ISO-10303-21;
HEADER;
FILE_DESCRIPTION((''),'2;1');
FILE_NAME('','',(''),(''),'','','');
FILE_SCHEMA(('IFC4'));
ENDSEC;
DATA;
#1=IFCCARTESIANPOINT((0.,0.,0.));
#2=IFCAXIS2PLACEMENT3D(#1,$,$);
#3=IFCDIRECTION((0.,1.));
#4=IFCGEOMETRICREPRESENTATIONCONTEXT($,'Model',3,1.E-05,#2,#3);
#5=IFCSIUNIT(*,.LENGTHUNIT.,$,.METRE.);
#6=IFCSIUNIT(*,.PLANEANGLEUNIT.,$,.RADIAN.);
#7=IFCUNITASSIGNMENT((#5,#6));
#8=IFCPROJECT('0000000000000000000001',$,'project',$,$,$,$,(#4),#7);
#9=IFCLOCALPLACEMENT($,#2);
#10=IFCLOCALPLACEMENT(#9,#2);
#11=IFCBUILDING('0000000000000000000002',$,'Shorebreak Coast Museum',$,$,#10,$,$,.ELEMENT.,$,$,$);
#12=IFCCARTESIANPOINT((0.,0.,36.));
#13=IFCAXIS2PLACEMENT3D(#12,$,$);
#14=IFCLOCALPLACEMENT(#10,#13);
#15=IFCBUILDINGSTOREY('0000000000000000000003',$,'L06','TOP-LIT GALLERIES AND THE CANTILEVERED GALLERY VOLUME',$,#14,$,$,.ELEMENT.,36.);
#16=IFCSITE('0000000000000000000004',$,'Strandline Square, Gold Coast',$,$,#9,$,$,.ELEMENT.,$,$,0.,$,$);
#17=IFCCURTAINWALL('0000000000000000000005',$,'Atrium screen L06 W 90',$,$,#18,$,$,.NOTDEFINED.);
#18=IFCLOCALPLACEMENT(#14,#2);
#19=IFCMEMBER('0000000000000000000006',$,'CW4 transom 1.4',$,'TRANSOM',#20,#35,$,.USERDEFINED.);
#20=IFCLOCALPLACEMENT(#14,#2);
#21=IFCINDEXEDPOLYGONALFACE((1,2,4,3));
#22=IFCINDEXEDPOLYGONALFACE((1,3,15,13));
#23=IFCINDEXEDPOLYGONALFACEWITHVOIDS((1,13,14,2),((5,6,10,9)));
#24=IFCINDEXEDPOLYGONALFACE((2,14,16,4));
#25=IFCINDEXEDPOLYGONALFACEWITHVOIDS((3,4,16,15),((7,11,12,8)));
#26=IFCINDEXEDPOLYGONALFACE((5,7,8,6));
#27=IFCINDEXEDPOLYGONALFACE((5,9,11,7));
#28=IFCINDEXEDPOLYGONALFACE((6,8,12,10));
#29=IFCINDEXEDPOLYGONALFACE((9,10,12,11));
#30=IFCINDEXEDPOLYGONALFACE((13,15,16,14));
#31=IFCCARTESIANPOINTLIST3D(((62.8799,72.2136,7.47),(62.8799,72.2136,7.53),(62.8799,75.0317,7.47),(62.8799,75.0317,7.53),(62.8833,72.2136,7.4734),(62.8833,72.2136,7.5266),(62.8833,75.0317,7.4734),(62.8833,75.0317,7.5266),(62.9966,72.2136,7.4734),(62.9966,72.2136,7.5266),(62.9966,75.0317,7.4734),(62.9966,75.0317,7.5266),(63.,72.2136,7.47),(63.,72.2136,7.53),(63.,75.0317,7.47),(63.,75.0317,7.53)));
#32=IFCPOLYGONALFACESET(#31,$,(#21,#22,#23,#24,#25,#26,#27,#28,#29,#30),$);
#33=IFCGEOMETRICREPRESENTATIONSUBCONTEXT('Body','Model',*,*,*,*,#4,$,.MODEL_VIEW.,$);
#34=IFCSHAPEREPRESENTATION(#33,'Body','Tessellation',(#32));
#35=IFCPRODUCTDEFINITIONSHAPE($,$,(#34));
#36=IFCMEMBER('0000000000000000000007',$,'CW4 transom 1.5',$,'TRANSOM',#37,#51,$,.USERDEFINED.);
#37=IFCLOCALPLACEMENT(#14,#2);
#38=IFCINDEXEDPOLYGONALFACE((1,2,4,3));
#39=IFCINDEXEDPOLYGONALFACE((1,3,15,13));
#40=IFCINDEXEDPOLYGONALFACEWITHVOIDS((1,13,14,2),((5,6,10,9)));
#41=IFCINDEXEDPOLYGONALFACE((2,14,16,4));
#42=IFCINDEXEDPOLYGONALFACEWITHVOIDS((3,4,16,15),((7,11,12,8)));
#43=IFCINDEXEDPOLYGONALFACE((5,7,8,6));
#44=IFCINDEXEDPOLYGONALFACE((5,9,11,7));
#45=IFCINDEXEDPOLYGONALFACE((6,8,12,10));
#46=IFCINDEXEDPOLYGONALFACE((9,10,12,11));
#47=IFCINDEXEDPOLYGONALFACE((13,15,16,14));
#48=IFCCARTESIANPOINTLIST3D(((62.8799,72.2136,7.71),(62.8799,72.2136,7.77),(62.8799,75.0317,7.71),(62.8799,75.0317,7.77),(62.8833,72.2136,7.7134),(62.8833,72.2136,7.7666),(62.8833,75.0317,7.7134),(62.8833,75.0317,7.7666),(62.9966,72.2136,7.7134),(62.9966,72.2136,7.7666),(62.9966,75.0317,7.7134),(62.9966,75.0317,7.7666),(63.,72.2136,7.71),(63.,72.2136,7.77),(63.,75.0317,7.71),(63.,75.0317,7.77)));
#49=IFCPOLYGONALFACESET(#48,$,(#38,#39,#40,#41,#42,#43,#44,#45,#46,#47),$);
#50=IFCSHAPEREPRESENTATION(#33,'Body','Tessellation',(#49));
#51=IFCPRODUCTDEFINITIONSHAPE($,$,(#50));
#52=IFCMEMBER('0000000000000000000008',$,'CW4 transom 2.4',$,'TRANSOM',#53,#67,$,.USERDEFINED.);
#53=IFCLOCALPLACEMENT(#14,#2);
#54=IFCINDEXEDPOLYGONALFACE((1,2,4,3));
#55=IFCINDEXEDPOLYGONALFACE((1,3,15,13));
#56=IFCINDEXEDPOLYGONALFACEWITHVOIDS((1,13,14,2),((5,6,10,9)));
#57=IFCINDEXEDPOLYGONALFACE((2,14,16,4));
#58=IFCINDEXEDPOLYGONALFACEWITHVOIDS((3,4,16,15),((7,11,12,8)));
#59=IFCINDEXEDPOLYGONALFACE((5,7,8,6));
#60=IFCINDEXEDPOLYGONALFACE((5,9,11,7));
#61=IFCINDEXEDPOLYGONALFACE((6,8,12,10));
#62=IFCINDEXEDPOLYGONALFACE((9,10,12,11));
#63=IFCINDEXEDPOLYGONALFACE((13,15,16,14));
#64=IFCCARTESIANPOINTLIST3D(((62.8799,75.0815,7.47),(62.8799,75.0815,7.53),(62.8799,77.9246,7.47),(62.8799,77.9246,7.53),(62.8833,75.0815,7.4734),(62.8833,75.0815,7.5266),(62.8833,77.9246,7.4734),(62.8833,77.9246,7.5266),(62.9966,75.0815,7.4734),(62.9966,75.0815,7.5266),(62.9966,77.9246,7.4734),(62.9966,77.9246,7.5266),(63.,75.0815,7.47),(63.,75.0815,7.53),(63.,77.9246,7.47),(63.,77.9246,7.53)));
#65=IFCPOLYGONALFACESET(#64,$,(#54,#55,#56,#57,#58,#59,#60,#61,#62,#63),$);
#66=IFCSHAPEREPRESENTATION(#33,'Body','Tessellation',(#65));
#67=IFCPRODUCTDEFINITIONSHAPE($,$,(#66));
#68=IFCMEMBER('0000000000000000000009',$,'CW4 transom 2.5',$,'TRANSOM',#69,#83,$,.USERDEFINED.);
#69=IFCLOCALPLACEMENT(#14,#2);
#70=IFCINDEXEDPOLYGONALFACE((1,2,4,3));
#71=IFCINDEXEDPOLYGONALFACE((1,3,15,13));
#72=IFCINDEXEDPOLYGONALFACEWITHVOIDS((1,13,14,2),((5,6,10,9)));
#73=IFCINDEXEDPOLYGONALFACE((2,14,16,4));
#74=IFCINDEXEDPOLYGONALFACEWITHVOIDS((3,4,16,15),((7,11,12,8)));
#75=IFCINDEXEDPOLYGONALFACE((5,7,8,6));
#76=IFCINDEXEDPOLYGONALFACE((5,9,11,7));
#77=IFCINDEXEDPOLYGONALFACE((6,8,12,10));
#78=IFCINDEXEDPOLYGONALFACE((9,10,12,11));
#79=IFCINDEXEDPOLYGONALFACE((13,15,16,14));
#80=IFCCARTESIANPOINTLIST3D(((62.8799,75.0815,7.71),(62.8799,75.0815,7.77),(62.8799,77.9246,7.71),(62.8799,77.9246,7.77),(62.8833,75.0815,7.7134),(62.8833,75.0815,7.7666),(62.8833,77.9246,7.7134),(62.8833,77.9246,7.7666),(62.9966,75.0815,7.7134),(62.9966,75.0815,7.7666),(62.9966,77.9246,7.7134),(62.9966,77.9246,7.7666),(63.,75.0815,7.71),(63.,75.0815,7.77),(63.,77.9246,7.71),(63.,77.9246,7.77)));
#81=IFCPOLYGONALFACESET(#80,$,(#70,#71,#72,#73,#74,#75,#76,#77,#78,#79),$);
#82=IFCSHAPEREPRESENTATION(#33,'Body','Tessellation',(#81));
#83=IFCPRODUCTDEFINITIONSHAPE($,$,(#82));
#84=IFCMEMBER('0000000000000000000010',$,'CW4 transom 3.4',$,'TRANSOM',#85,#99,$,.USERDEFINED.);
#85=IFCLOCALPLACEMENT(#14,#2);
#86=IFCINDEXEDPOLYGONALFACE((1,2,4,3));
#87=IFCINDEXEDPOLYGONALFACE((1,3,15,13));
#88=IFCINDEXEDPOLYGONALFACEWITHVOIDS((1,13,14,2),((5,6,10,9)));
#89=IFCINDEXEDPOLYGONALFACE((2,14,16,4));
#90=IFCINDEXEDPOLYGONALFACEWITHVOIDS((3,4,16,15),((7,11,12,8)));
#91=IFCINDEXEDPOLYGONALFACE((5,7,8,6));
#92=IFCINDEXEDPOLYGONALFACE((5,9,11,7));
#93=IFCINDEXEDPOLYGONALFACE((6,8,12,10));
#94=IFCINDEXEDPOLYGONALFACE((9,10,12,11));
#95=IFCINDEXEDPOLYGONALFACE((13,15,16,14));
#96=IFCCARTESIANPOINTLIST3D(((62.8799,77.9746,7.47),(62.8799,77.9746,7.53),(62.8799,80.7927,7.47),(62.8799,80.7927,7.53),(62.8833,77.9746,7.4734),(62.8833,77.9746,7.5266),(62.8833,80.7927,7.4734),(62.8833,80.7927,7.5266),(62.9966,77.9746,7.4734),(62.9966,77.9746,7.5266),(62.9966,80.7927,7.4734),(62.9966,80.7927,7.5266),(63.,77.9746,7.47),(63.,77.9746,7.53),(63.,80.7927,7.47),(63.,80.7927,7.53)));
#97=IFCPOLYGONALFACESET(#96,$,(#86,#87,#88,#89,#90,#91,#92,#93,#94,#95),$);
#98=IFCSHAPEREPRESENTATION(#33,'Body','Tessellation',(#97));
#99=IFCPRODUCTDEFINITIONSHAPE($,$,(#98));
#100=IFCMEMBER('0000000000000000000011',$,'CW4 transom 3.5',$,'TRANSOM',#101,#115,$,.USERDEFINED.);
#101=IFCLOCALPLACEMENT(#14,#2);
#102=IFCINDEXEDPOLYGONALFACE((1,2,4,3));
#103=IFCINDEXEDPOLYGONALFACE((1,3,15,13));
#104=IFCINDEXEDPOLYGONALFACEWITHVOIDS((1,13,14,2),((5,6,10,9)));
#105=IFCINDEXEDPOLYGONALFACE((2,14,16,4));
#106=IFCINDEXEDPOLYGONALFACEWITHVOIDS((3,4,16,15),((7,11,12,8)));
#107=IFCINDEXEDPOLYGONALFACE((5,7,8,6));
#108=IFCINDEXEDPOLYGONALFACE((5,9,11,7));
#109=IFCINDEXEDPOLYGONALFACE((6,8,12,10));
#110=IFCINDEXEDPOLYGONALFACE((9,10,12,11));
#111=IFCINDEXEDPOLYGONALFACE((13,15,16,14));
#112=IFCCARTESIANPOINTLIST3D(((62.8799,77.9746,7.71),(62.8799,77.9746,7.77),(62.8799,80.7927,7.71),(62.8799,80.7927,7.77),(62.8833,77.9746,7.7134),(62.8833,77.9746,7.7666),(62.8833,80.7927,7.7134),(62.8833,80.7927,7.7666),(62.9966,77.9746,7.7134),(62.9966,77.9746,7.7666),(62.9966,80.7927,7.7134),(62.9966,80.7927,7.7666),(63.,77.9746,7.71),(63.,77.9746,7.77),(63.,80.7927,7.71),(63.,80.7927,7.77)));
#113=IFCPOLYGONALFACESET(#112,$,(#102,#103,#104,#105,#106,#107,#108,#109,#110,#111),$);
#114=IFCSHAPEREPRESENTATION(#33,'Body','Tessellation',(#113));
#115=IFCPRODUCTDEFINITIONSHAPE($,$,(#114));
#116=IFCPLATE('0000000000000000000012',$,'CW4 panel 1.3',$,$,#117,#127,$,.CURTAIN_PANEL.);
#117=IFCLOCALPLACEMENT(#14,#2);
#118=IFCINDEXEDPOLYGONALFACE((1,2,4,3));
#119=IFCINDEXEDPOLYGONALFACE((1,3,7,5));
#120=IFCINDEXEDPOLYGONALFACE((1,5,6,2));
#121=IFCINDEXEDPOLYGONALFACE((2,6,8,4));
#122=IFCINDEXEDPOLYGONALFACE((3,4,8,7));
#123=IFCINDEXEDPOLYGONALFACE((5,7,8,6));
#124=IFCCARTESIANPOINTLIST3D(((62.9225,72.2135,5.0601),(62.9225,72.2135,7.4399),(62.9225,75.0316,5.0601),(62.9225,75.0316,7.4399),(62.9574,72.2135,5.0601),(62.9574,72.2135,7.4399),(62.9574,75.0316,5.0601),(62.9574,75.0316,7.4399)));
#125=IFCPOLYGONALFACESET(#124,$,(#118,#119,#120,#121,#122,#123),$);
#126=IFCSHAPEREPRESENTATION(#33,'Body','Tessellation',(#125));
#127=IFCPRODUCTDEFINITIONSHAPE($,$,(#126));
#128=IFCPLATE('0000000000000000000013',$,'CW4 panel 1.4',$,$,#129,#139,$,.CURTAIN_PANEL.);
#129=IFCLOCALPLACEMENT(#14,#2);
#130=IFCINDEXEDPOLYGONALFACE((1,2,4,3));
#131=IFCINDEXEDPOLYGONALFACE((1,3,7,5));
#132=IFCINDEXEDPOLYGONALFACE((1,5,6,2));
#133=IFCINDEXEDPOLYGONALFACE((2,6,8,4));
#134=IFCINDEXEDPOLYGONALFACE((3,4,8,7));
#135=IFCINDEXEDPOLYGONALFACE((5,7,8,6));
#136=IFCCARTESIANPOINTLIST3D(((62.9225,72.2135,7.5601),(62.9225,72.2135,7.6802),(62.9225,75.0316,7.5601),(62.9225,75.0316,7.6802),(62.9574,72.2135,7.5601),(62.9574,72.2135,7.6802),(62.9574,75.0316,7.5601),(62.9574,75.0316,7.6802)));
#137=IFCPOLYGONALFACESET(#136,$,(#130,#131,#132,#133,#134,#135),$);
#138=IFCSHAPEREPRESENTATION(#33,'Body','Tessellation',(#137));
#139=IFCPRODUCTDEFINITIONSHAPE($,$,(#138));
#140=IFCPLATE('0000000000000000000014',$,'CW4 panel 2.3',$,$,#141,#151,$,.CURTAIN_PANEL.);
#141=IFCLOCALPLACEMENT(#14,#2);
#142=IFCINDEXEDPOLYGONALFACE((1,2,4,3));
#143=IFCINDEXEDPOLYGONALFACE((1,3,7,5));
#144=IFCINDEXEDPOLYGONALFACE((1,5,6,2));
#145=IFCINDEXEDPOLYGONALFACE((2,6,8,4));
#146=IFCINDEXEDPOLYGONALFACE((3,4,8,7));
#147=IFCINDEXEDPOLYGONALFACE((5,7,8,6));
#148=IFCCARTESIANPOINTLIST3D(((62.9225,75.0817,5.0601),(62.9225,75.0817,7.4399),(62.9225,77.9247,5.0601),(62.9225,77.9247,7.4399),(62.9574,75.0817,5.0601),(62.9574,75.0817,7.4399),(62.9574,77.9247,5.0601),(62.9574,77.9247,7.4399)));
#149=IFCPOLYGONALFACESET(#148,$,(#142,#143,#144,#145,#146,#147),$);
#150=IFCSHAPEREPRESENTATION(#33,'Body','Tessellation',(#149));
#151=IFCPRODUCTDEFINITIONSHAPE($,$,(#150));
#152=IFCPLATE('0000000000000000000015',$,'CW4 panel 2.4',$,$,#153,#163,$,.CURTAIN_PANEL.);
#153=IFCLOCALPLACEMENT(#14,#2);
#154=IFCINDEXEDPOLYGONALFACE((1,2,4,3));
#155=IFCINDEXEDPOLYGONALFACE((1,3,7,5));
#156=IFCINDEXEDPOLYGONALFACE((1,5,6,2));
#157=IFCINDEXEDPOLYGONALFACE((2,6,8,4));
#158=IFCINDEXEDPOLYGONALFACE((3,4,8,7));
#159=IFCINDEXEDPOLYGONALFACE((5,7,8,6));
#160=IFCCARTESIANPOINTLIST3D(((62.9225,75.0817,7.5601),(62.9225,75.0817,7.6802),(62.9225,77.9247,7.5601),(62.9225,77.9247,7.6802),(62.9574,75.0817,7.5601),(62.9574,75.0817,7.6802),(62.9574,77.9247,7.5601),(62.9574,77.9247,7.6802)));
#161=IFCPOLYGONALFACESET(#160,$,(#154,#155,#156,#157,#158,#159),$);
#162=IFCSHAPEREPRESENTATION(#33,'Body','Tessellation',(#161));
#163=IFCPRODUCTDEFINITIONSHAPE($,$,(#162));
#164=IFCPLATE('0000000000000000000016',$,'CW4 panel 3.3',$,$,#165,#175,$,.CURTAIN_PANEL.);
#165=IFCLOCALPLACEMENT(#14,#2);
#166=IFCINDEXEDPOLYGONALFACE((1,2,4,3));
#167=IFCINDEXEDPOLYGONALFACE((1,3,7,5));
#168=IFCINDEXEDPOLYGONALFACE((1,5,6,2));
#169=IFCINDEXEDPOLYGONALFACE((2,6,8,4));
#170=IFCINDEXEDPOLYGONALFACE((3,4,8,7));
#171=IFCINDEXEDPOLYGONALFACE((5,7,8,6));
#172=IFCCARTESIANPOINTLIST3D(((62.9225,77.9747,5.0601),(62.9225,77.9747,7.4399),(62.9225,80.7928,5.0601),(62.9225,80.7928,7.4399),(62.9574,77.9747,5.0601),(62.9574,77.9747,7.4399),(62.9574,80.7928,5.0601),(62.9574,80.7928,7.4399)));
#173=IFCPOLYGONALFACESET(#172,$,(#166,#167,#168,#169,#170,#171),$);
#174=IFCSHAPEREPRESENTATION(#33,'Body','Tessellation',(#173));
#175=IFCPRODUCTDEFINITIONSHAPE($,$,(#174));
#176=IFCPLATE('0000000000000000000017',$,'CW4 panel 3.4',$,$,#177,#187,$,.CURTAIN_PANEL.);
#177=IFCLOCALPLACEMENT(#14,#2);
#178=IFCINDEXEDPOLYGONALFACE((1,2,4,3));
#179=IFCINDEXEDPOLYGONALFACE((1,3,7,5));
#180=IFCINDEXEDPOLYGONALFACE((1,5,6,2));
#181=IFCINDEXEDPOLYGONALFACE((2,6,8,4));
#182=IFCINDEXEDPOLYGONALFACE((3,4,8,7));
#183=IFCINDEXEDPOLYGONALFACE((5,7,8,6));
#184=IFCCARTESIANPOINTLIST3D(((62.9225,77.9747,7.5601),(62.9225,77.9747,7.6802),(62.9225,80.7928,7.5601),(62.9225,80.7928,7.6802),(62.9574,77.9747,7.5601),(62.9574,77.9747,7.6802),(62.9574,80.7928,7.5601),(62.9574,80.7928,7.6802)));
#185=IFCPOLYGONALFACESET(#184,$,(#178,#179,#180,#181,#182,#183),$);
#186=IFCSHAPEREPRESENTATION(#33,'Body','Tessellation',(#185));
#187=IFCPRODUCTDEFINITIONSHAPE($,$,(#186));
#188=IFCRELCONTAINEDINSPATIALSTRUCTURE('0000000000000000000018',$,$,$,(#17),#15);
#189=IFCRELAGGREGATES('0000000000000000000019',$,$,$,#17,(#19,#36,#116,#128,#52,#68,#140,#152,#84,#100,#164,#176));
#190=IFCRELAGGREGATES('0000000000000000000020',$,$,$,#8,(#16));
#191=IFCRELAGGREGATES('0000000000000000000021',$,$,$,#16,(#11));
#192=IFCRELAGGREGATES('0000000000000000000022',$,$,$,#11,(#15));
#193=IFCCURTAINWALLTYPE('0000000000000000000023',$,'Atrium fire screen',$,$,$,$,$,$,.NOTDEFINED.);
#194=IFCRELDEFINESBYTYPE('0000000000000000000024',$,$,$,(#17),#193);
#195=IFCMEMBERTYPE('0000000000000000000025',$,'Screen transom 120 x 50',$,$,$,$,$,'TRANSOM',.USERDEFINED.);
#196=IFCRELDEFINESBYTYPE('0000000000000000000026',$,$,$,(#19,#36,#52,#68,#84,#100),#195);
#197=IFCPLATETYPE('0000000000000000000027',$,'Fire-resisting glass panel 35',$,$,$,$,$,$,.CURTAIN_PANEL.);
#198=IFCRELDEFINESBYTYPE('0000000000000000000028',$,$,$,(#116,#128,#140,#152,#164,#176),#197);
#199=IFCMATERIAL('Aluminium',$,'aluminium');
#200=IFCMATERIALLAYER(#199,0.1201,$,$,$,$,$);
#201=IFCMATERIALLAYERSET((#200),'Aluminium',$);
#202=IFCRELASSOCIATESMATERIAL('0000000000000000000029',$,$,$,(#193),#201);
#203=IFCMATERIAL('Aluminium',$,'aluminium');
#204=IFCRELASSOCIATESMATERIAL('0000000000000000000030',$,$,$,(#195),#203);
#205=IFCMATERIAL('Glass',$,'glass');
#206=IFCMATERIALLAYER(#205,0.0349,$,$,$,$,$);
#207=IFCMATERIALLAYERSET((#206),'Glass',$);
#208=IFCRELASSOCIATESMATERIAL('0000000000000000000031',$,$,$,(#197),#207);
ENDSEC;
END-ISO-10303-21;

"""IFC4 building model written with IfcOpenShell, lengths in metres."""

from ifc_helpers import new_model, si_unit, direction, frame, origin, origin_2d, place, context, subcontext, project, spatial, rectangle, hollow_rectangle, extrude, material, layer, layer_set, material_profile, profile_set, type_object, element, aggregate, save


model = new_model("IFC4")

# Units and contexts
model_context = context("Model", 3, precision=1e-05, world=origin(), true_north=direction((0.0, 1.0)))
body_context = subcontext(model_context, "Body", "Model", "MODEL_VIEW")
ifc_project = project(units=[si_unit("LENGTHUNIT", "METRE"), si_unit("PLANEANGLEUNIT", "RADIAN")], contexts=[model_context])

# Site, building, storey
site_placement = place(None, origin())
site = spatial("IfcSite", under=ifc_project, at=site_placement, Name="Strandline Square, Gold Coast", CompositionType="ELEMENT", RefElevation=0.0)
building_placement = place(site_placement, origin())
building = spatial("IfcBuilding", under=site, at=building_placement, Name="Shorebreak Coast Museum", CompositionType="ELEMENT")
storey_placement = place(building_placement, frame((0.0, 0.0, 36.0)))
storey = spatial("IfcBuildingStorey", under=building, at=storey_placement, Name="L06", Description="TOP-LIT GALLERIES AND THE CANTILEVERED GALLERY VOLUME", CompositionType="ELEMENT", Elevation=36.0)

# Curtain wall, members, plates
ifc_material_1 = material(Name="Aluminium", Category="aluminium")
ifc_layer_1 = layer(ifc_material_1, 0.1201)
ifc_layer_set_1 = layer_set([ifc_layer_1], Name="Aluminium")
curtain_wall_type_1 = type_object("IfcCurtainWallType", Name="Atrium fire screen", PredefinedType="NOTDEFINED", material=ifc_layer_set_1)
curtain_wall_1_placement = place(storey_placement, origin())
curtain_wall_1 = element("IfcCurtainWall", 1, at=curtain_wall_1_placement, inside=storey, type_object=curtain_wall_type_1, Name="Atrium screen L06 W 90", PredefinedType="NOTDEFINED")
ifc_material_2 = material(Name="Aluminium", Category="aluminium")
ifc_material_profile_1 = material_profile(ifc_material_2, hollow_rectangle(XDim=0.1201, YDim=0.0601, WallThickness=0.0034, at=origin_2d()), Name="AL 60x120 RHS")
ifc_profile_set_1 = profile_set([ifc_material_profile_1], Name="Aluminium")
member_type_1 = type_object("IfcMemberType", Name="Screen transom 120 x 50", ElementType="TRANSOM", PredefinedType="USERDEFINED", material=ifc_profile_set_1)
member_1_placement = place(storey_placement, frame((62.9399, 72.2136, 7.5), z_axis=(0.0, 1.0, 0.0), x_axis=(-1.0, 0.0, 0.0)))
member_1 = element("IfcMember", 2, at=member_1_placement, type_object=member_type_1, Name="CW4 transom 1.4", ObjectType="TRANSOM", PredefinedType="USERDEFINED", context=body_context, shape_type="SweptSolid", body=[
    extrude(hollow_rectangle(XDim=0.1201, YDim=0.0601, WallThickness=0.0034, at=origin_2d()), origin(), (0.0, 0.0, 1.0), 2.8181),
])
member_2_placement = place(storey_placement, frame((62.9399, 72.2136, 7.74), z_axis=(0.0, 1.0, 0.0), x_axis=(-1.0, 0.0, 0.0)))
member_2 = element("IfcMember", 3, at=member_2_placement, type_object=member_type_1, Name="CW4 transom 1.5", ObjectType="TRANSOM", PredefinedType="USERDEFINED", context=body_context, shape_type="SweptSolid", body=[
    extrude(hollow_rectangle(XDim=0.1201, YDim=0.0601, WallThickness=0.0034, at=origin_2d()), origin(), (0.0, 0.0, 1.0), 2.8181),
])
member_3_placement = place(storey_placement, frame((62.9399, 75.0815, 7.5), z_axis=(0.0, 1.0, 0.0), x_axis=(-1.0, 0.0, 0.0)))
member_3 = element("IfcMember", 4, at=member_3_placement, type_object=member_type_1, Name="CW4 transom 2.4", ObjectType="TRANSOM", PredefinedType="USERDEFINED", context=body_context, shape_type="SweptSolid", body=[
    extrude(hollow_rectangle(XDim=0.1201, YDim=0.0601, WallThickness=0.0034, at=origin_2d()), origin(), (0.0, 0.0, 1.0), 2.843),
])
member_4_placement = place(storey_placement, frame((62.9399, 75.0815, 7.74), z_axis=(0.0, 1.0, 0.0), x_axis=(-1.0, 0.0, 0.0)))
member_4 = element("IfcMember", 5, at=member_4_placement, type_object=member_type_1, Name="CW4 transom 2.5", ObjectType="TRANSOM", PredefinedType="USERDEFINED", context=body_context, shape_type="SweptSolid", body=[
    extrude(hollow_rectangle(XDim=0.1201, YDim=0.0601, WallThickness=0.0034, at=origin_2d()), origin(), (0.0, 0.0, 1.0), 2.843),
])
member_5_placement = place(storey_placement, frame((62.9399, 77.9746, 7.5), z_axis=(0.0, 1.0, 0.0), x_axis=(-1.0, 0.0, 0.0)))
member_5 = element("IfcMember", 6, at=member_5_placement, type_object=member_type_1, Name="CW4 transom 3.4", ObjectType="TRANSOM", PredefinedType="USERDEFINED", context=body_context, shape_type="SweptSolid", body=[
    extrude(hollow_rectangle(XDim=0.1201, YDim=0.0601, WallThickness=0.0034, at=origin_2d()), origin(), (0.0, 0.0, 1.0), 2.8181),
])
member_6_placement = place(storey_placement, frame((62.9399, 77.9746, 7.74), z_axis=(0.0, 1.0, 0.0), x_axis=(-1.0, 0.0, 0.0)))
member_6 = element("IfcMember", 7, at=member_6_placement, type_object=member_type_1, Name="CW4 transom 3.5", ObjectType="TRANSOM", PredefinedType="USERDEFINED", context=body_context, shape_type="SweptSolid", body=[
    extrude(hollow_rectangle(XDim=0.1201, YDim=0.0601, WallThickness=0.0034, at=origin_2d()), origin(), (0.0, 0.0, 1.0), 2.8181),
])
ifc_material_3 = material(Name="Glass", Category="glass")
ifc_layer_2 = layer(ifc_material_3, 0.0349)
ifc_layer_set_2 = layer_set([ifc_layer_2], Name="Glass")
plate_type_1 = type_object("IfcPlateType", Name="Fire-resisting glass panel 35", PredefinedType="CURTAIN_PANEL", material=ifc_layer_set_2)
plate_1_placement = place(storey_placement, frame((62.9399, 73.6226, 5.0601), z_axis=(0.0, 0.0, 1.0), x_axis=(0.0, 1.0, 0.0)))
plate_1 = element("IfcPlate", 8, at=plate_1_placement, type_object=plate_type_1, Name="CW4 panel 1.3", PredefinedType="CURTAIN_PANEL", context=body_context, shape_type="SweptSolid", body=[
    extrude(rectangle(XDim=2.8181, YDim=0.0349, at=origin_2d()), origin(), (0.0, 0.0, 1.0), 2.3799),
])
plate_2_placement = place(storey_placement, frame((62.9399, 73.6226, 7.5601), z_axis=(0.0, 0.0, 1.0), x_axis=(0.0, 1.0, 0.0)))
plate_2 = element("IfcPlate", 9, at=plate_2_placement, type_object=plate_type_1, Name="CW4 panel 1.4", PredefinedType="CURTAIN_PANEL", context=body_context, shape_type="SweptSolid", body=[
    extrude(rectangle(XDim=2.8181, YDim=0.0349, at=origin_2d()), origin(), (0.0, 0.0, 1.0), 0.1201),
])
plate_3_placement = place(storey_placement, frame((62.9399, 76.5032, 5.0601), z_axis=(0.0, 0.0, 1.0), x_axis=(0.0, 1.0, 0.0)))
plate_3 = element("IfcPlate", 10, at=plate_3_placement, type_object=plate_type_1, Name="CW4 panel 2.3", PredefinedType="CURTAIN_PANEL", context=body_context, shape_type="SweptSolid", body=[
    extrude(rectangle(XDim=2.843, YDim=0.0349, at=origin_2d()), origin(), (0.0, 0.0, 1.0), 2.3799),
])
plate_4_placement = place(storey_placement, frame((62.9399, 76.5032, 7.5601), z_axis=(0.0, 0.0, 1.0), x_axis=(0.0, 1.0, 0.0)))
plate_4 = element("IfcPlate", 11, at=plate_4_placement, type_object=plate_type_1, Name="CW4 panel 2.4", PredefinedType="CURTAIN_PANEL", context=body_context, shape_type="SweptSolid", body=[
    extrude(rectangle(XDim=2.843, YDim=0.0349, at=origin_2d()), origin(), (0.0, 0.0, 1.0), 0.1201),
])
plate_5_placement = place(storey_placement, frame((62.9399, 79.3838, 5.0601), z_axis=(0.0, 0.0, 1.0), x_axis=(0.0, 1.0, 0.0)))
plate_5 = element("IfcPlate", 12, at=plate_5_placement, type_object=plate_type_1, Name="CW4 panel 3.3", PredefinedType="CURTAIN_PANEL", context=body_context, shape_type="SweptSolid", body=[
    extrude(rectangle(XDim=2.8181, YDim=0.0349, at=origin_2d()), origin(), (0.0, 0.0, 1.0), 2.3799),
])
plate_6_placement = place(storey_placement, frame((62.9399, 79.3838, 7.5601), z_axis=(0.0, 0.0, 1.0), x_axis=(0.0, 1.0, 0.0)))
plate_6 = element("IfcPlate", 13, at=plate_6_placement, type_object=plate_type_1, Name="CW4 panel 3.4", PredefinedType="CURTAIN_PANEL", context=body_context, shape_type="SweptSolid", body=[
    extrude(rectangle(XDim=2.8181, YDim=0.0349, at=origin_2d()), origin(), (0.0, 0.0, 1.0), 0.1201),
])
aggregate(curtain_wall_1, [member_1, member_2, plate_1, plate_2, member_3, member_4, plate_3, plate_4, member_5, member_6, plate_5, plate_6])

save(model, "model.ifc")
